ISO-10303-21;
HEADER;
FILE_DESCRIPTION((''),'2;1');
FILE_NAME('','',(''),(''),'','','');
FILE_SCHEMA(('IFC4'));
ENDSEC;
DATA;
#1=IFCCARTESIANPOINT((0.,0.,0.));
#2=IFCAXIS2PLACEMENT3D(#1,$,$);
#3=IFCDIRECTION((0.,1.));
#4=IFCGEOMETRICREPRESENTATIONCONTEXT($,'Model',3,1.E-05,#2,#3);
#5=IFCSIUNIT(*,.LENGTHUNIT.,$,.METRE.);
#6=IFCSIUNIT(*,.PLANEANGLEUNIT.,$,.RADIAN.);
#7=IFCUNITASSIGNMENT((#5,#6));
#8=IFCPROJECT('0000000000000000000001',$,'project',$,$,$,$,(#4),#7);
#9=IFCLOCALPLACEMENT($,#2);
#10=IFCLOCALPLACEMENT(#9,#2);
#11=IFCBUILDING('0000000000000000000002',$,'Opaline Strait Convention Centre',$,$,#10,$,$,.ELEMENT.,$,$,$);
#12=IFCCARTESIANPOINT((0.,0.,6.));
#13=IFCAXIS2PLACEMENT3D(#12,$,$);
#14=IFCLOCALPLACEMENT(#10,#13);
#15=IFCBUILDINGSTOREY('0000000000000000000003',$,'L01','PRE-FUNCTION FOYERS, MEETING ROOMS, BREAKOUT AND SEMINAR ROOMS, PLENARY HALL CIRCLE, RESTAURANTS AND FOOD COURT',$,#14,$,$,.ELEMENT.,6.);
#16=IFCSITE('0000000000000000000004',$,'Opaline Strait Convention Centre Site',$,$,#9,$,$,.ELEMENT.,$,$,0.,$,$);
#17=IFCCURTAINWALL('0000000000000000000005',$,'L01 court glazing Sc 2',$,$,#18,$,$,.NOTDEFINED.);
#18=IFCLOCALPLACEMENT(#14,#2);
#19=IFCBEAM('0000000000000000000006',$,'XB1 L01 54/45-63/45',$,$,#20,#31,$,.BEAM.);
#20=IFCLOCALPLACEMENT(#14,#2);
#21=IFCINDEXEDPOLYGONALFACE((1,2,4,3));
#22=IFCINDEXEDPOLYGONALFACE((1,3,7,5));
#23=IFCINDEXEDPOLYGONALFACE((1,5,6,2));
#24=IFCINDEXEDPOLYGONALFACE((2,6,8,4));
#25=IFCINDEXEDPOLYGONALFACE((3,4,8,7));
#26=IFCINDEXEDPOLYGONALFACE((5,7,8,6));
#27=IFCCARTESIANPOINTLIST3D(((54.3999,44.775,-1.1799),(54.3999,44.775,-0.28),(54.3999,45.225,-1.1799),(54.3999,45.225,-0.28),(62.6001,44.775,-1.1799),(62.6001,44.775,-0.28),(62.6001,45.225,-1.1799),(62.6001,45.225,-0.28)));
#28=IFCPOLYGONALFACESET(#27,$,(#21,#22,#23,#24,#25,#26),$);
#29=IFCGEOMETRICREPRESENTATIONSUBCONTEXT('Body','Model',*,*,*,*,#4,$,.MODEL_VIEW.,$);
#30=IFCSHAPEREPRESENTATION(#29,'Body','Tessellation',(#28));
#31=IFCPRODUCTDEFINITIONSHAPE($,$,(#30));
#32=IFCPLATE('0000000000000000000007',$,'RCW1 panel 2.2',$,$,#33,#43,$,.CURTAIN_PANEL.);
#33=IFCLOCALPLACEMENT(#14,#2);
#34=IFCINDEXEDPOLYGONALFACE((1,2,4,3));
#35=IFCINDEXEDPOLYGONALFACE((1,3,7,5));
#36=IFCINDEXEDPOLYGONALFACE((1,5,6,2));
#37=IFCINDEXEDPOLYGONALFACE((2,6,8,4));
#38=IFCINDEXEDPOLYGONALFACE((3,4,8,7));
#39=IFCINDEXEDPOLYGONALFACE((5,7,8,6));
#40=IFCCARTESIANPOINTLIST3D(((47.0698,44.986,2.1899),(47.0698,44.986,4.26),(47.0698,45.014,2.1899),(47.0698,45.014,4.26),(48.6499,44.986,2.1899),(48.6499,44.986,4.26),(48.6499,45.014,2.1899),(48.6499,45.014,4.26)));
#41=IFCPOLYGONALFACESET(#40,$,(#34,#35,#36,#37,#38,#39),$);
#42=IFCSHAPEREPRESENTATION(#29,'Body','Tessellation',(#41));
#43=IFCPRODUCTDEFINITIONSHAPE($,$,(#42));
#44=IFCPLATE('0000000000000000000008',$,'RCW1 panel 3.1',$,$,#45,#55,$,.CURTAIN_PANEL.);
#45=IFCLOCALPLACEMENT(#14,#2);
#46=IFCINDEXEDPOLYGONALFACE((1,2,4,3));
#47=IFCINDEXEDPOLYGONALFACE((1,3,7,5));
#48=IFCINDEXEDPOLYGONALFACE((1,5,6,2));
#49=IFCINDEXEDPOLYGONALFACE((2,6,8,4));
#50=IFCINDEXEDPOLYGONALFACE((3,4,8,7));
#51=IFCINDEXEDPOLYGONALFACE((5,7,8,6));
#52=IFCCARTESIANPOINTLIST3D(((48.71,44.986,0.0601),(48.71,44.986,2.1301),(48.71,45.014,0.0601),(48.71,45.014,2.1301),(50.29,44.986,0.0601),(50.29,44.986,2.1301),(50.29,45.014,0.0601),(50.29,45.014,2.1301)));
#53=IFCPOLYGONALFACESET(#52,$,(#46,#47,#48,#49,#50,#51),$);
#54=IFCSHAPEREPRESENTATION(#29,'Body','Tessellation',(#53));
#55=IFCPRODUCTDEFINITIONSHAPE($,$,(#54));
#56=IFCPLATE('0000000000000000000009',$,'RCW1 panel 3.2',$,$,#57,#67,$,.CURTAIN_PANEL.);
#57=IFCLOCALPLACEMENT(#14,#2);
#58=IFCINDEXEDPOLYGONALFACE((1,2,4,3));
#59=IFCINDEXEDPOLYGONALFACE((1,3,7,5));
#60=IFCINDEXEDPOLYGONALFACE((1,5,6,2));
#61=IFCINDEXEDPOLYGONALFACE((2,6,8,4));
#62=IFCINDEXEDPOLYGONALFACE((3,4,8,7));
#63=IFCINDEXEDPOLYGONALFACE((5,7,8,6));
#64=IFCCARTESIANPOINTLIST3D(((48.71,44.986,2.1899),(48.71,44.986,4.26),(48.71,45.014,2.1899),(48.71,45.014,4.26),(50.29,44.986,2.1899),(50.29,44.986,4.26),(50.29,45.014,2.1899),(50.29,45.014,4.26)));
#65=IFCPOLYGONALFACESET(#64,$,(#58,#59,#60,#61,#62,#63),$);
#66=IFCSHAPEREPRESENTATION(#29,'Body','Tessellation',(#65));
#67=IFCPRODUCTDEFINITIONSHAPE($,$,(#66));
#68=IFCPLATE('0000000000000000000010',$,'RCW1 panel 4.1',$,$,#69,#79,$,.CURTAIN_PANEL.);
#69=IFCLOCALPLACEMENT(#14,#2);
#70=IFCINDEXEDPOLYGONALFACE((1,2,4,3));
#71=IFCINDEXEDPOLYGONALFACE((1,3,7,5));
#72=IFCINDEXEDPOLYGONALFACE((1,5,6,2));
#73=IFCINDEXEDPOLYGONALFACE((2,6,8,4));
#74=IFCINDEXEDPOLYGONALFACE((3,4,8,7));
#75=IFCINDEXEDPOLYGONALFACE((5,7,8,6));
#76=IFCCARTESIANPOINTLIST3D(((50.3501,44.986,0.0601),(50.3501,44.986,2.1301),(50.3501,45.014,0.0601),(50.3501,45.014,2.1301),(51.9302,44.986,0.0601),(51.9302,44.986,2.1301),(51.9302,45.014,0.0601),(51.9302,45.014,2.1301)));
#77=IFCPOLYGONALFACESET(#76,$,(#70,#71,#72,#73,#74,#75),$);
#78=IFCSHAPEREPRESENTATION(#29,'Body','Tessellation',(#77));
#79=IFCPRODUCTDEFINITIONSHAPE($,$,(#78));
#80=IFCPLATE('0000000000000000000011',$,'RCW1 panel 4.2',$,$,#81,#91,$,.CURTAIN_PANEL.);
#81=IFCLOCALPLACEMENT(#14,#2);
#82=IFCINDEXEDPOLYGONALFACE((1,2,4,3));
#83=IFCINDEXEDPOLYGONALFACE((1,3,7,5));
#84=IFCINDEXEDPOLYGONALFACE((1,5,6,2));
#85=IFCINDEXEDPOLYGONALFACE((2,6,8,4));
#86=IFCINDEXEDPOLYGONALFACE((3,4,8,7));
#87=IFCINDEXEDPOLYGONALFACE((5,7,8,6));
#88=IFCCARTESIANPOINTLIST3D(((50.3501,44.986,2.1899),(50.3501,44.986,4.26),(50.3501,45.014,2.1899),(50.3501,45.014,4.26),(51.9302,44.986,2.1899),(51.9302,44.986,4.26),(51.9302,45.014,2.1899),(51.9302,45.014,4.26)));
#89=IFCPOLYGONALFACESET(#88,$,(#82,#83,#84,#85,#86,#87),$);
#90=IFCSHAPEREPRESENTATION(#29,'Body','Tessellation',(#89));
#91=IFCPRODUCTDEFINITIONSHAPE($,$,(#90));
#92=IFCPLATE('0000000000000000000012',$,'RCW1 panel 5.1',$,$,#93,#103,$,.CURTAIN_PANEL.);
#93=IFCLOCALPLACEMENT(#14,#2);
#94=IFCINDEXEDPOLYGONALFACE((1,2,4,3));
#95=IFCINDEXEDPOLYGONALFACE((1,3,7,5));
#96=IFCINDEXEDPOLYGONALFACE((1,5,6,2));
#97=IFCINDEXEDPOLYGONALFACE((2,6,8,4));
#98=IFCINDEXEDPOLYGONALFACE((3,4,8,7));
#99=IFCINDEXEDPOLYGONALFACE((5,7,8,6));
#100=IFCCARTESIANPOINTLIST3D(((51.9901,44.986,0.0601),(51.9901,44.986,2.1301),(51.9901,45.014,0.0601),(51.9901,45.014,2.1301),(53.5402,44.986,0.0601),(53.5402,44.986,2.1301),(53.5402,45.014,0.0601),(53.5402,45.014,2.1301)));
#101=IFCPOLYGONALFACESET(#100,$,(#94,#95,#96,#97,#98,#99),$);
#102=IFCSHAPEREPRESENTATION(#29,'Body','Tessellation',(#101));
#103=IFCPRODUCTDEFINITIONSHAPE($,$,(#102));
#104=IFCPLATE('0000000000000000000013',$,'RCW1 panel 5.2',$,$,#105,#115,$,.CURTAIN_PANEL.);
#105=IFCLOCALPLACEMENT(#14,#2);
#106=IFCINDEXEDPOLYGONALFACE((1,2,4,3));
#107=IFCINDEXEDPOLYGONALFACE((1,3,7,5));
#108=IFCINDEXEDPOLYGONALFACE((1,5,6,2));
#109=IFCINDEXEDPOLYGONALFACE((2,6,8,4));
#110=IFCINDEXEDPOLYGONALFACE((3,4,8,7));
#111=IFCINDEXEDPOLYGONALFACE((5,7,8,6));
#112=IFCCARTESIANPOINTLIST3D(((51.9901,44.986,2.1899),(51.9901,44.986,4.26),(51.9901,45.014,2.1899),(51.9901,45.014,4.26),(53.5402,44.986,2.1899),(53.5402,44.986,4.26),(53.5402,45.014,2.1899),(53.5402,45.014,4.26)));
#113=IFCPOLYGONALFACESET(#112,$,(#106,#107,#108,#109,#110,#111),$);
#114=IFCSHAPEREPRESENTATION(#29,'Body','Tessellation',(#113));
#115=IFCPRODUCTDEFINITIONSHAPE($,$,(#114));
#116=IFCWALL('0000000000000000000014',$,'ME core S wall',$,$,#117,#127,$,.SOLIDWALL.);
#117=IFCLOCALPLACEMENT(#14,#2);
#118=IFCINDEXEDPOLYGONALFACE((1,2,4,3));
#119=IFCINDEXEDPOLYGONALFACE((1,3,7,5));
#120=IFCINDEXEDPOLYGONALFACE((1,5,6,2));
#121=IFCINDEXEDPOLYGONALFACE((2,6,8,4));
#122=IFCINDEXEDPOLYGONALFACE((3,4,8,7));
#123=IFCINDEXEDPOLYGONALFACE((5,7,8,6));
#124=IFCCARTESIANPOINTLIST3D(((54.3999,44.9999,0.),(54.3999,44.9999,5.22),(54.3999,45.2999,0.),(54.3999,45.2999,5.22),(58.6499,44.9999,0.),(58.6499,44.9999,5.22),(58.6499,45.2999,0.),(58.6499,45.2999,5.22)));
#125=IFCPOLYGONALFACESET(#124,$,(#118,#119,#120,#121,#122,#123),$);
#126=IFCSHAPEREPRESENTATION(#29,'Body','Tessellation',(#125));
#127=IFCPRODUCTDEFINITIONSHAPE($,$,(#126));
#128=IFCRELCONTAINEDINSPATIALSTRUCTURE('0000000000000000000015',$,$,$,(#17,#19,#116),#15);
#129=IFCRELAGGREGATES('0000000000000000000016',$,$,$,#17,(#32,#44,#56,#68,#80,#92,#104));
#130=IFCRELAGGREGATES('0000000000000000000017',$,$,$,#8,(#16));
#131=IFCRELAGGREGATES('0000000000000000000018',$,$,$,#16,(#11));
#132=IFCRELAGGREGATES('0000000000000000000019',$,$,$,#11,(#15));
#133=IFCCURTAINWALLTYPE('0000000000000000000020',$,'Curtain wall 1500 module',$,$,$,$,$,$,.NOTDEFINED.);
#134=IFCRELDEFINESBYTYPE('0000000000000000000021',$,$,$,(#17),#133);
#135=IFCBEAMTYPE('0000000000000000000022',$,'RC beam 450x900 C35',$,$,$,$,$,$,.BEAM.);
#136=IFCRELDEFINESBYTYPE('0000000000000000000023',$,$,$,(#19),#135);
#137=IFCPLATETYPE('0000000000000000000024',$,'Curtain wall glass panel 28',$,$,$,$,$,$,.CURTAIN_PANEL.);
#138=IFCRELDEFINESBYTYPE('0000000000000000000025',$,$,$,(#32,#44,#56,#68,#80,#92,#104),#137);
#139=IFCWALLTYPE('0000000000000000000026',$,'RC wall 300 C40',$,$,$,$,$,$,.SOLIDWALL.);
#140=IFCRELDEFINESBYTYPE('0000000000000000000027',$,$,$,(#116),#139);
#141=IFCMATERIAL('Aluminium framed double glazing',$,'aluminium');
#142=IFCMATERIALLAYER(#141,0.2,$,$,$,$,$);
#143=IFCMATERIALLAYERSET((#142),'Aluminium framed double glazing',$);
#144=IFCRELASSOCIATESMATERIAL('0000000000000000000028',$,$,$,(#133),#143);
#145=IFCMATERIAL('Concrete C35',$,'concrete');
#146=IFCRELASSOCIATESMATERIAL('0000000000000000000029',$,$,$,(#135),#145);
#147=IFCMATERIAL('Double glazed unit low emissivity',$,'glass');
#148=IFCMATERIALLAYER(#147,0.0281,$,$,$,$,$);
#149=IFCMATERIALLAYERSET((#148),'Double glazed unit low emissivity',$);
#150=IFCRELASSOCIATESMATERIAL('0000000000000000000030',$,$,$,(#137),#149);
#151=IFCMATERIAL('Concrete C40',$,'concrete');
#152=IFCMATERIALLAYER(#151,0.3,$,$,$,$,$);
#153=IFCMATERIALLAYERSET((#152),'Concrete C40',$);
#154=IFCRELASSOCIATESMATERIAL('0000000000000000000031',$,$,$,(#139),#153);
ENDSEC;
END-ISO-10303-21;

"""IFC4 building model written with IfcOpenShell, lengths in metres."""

from ifc_helpers import new_model, si_unit, direction, frame, frame_2d, origin, origin_2d, place, context, subcontext, project, spatial, rectangle, extrude, material, layer, layer_set, material_profile, profile_set, type_object, element, aggregate, save


model = new_model("IFC4")

# Units and contexts
model_context = context("Model", 3, precision=1e-05, world=origin(), true_north=direction((0.0, 1.0)))
body_context = subcontext(model_context, "Body", "Model", "MODEL_VIEW")
ifc_project = project(units=[si_unit("LENGTHUNIT", "METRE"), si_unit("PLANEANGLEUNIT", "RADIAN")], contexts=[model_context])

# Site, building, storey
site_placement = place(None, origin())
site = spatial("IfcSite", under=ifc_project, at=site_placement, Name="Opaline Strait Convention Centre Site", CompositionType="ELEMENT", RefElevation=0.0)
building_placement = place(site_placement, origin())
building = spatial("IfcBuilding", under=site, at=building_placement, Name="Opaline Strait Convention Centre", CompositionType="ELEMENT")
storey_placement = place(building_placement, frame((0.0, 0.0, 6.0)))
storey = spatial("IfcBuildingStorey", under=building, at=storey_placement, Name="L01", Description="PRE-FUNCTION FOYERS, MEETING ROOMS, BREAKOUT AND SEMINAR ROOMS, PLENARY HALL CIRCLE, RESTAURANTS AND FOOD COURT", CompositionType="ELEMENT", Elevation=6.0)

# Shared definitions
ifc_material_1 = material(Name="Concrete C40", Category="concrete")

# Curtain wall
ifc_material_2 = material(Name="Aluminium framed double glazing", Category="aluminium")
ifc_layer_1 = layer(ifc_material_2, 0.2)
ifc_layer_set_1 = layer_set([ifc_layer_1], Name="Aluminium framed double glazing")
curtain_wall_type = type_object("IfcCurtainWallType", Name="Curtain wall 1500 module", PredefinedType="NOTDEFINED", material=ifc_layer_set_1)
curtain_wall_placement = place(storey_placement, origin())
curtain_wall = element("IfcCurtainWall", 1, at=curtain_wall_placement, inside=storey, type_object=curtain_wall_type, Name="L01 court glazing Sc 2", PredefinedType="NOTDEFINED")

# Beam
ifc_material_3 = material(Name="Concrete C35", Category="concrete")
ifc_material_profile_1 = material_profile(ifc_material_3, rectangle(XDim=0.45, YDim=0.8999, at=origin_2d()), Name="RC 450x900")
ifc_profile_set_1 = profile_set([ifc_material_profile_1], Name="Concrete C35")
beam_type = type_object("IfcBeamType", Name="RC beam 450x900 C35", PredefinedType="BEAM", material=ifc_profile_set_1)
beam_placement = place(storey_placement, frame((54.3999, 45.0, -0.73), z_axis=(1.0, 0.0, 0.0), x_axis=(0.0, 1.0, 0.0)))
element("IfcBeam", 2, at=beam_placement, inside=storey, type_object=beam_type, Name="XB1 L01 54/45-63/45", PredefinedType="BEAM", context=body_context, shape_type="SweptSolid", body=[
    extrude(rectangle(XDim=0.45, YDim=0.8999, at=origin_2d()), origin(), (0.0, 0.0, 1.0), 8.2002),
])

# Plates
ifc_material_4 = material(Name="Double glazed unit low emissivity", Category="glass")
ifc_layer_2 = layer(ifc_material_4, 0.0281)
ifc_layer_set_2 = layer_set([ifc_layer_2], Name="Double glazed unit low emissivity")
plate_type = type_object("IfcPlateType", Name="Curtain wall glass panel 28", PredefinedType="CURTAIN_PANEL", material=ifc_layer_set_2)
plate_1_placement = place(storey_placement, frame((47.8599, 45.0, 2.1899), z_axis=(0.0, 0.0, 1.0), x_axis=(1.0, 0.0, 0.0)))
plate_1 = element("IfcPlate", 3, at=plate_1_placement, type_object=plate_type, Name="RCW1 panel 2.2", PredefinedType="CURTAIN_PANEL", context=body_context, shape_type="SweptSolid", body=[
    extrude(rectangle(XDim=1.5801, YDim=0.0281, at=origin_2d()), origin(), (0.0, 0.0, 1.0), 2.0701),
])
plate_2_placement = place(storey_placement, frame((49.5, 45.0, 0.0601), z_axis=(0.0, 0.0, 1.0), x_axis=(1.0, 0.0, 0.0)))
plate_2 = element("IfcPlate", 4, at=plate_2_placement, type_object=plate_type, Name="RCW1 panel 3.1", PredefinedType="CURTAIN_PANEL", context=body_context, shape_type="SweptSolid", body=[
    extrude(rectangle(XDim=1.5801, YDim=0.0281, at=origin_2d()), origin(), (0.0, 0.0, 1.0), 2.0701),
])
plate_3_placement = place(storey_placement, frame((49.5, 45.0, 2.1899), z_axis=(0.0, 0.0, 1.0), x_axis=(1.0, 0.0, 0.0)))
plate_3 = element("IfcPlate", 5, at=plate_3_placement, type_object=plate_type, Name="RCW1 panel 3.2", PredefinedType="CURTAIN_PANEL", context=body_context, shape_type="SweptSolid", body=[
    extrude(rectangle(XDim=1.5801, YDim=0.0281, at=origin_2d()), origin(), (0.0, 0.0, 1.0), 2.0701),
])
plate_4_placement = place(storey_placement, frame((51.1401, 45.0, 0.0601), z_axis=(0.0, 0.0, 1.0), x_axis=(1.0, 0.0, 0.0)))
plate_4 = element("IfcPlate", 6, at=plate_4_placement, type_object=plate_type, Name="RCW1 panel 4.1", PredefinedType="CURTAIN_PANEL", context=body_context, shape_type="SweptSolid", body=[
    extrude(rectangle(XDim=1.5801, YDim=0.0281, at=origin_2d()), origin(), (0.0, 0.0, 1.0), 2.0701),
])
plate_5_placement = place(storey_placement, frame((51.1401, 45.0, 2.1899), z_axis=(0.0, 0.0, 1.0), x_axis=(1.0, 0.0, 0.0)))
plate_5 = element("IfcPlate", 7, at=plate_5_placement, type_object=plate_type, Name="RCW1 panel 4.2", PredefinedType="CURTAIN_PANEL", context=body_context, shape_type="SweptSolid", body=[
    extrude(rectangle(XDim=1.5801, YDim=0.0281, at=origin_2d()), origin(), (0.0, 0.0, 1.0), 2.0701),
])
plate_6_placement = place(storey_placement, frame((52.7651, 45.0, 0.0601), z_axis=(0.0, 0.0, 1.0), x_axis=(1.0, 0.0, 0.0)))
plate_6 = element("IfcPlate", 8, at=plate_6_placement, type_object=plate_type, Name="RCW1 panel 5.1", PredefinedType="CURTAIN_PANEL", context=body_context, shape_type="SweptSolid", body=[
    extrude(rectangle(XDim=1.55, YDim=0.0281, at=origin_2d()), origin(), (0.0, 0.0, 1.0), 2.0701),
])
plate_7_placement = place(storey_placement, frame((52.7651, 45.0, 2.1899), z_axis=(0.0, 0.0, 1.0), x_axis=(1.0, 0.0, 0.0)))
plate_7 = element("IfcPlate", 9, at=plate_7_placement, type_object=plate_type, Name="RCW1 panel 5.2", PredefinedType="CURTAIN_PANEL", context=body_context, shape_type="SweptSolid", body=[
    extrude(rectangle(XDim=1.55, YDim=0.0281, at=origin_2d()), origin(), (0.0, 0.0, 1.0), 2.0701),
])
aggregate(curtain_wall, [plate_1, plate_2, plate_3, plate_4, plate_5, plate_6, plate_7])

# Shared definitions
ifc_layer_3 = layer(ifc_material_1, 0.3)
ifc_layer_set_3 = layer_set([ifc_layer_3], Name="Concrete C40")
wall_type = type_object("IfcWallType", Name="RC wall 300 C40", PredefinedType="SOLIDWALL", material=ifc_layer_set_3)

# Wall
wall_1_placement = place(storey_placement, frame((54.3999, 45.1499, 0.0), z_axis=(0.0, 0.0, 1.0), x_axis=(1.0, 0.0, 0.0)))
element("IfcWall", 10, at=wall_1_placement, inside=storey, type_object=wall_type, Name="ME core S wall", PredefinedType="SOLIDWALL", context=body_context, shape_type="SweptSolid", body=[
    extrude(rectangle(XDim=4.25, YDim=0.3, at=frame_2d((2.125, 0.0))), origin(), (0.0, 0.0, 1.0), 5.22),
])

save(model, "model.ifc")
